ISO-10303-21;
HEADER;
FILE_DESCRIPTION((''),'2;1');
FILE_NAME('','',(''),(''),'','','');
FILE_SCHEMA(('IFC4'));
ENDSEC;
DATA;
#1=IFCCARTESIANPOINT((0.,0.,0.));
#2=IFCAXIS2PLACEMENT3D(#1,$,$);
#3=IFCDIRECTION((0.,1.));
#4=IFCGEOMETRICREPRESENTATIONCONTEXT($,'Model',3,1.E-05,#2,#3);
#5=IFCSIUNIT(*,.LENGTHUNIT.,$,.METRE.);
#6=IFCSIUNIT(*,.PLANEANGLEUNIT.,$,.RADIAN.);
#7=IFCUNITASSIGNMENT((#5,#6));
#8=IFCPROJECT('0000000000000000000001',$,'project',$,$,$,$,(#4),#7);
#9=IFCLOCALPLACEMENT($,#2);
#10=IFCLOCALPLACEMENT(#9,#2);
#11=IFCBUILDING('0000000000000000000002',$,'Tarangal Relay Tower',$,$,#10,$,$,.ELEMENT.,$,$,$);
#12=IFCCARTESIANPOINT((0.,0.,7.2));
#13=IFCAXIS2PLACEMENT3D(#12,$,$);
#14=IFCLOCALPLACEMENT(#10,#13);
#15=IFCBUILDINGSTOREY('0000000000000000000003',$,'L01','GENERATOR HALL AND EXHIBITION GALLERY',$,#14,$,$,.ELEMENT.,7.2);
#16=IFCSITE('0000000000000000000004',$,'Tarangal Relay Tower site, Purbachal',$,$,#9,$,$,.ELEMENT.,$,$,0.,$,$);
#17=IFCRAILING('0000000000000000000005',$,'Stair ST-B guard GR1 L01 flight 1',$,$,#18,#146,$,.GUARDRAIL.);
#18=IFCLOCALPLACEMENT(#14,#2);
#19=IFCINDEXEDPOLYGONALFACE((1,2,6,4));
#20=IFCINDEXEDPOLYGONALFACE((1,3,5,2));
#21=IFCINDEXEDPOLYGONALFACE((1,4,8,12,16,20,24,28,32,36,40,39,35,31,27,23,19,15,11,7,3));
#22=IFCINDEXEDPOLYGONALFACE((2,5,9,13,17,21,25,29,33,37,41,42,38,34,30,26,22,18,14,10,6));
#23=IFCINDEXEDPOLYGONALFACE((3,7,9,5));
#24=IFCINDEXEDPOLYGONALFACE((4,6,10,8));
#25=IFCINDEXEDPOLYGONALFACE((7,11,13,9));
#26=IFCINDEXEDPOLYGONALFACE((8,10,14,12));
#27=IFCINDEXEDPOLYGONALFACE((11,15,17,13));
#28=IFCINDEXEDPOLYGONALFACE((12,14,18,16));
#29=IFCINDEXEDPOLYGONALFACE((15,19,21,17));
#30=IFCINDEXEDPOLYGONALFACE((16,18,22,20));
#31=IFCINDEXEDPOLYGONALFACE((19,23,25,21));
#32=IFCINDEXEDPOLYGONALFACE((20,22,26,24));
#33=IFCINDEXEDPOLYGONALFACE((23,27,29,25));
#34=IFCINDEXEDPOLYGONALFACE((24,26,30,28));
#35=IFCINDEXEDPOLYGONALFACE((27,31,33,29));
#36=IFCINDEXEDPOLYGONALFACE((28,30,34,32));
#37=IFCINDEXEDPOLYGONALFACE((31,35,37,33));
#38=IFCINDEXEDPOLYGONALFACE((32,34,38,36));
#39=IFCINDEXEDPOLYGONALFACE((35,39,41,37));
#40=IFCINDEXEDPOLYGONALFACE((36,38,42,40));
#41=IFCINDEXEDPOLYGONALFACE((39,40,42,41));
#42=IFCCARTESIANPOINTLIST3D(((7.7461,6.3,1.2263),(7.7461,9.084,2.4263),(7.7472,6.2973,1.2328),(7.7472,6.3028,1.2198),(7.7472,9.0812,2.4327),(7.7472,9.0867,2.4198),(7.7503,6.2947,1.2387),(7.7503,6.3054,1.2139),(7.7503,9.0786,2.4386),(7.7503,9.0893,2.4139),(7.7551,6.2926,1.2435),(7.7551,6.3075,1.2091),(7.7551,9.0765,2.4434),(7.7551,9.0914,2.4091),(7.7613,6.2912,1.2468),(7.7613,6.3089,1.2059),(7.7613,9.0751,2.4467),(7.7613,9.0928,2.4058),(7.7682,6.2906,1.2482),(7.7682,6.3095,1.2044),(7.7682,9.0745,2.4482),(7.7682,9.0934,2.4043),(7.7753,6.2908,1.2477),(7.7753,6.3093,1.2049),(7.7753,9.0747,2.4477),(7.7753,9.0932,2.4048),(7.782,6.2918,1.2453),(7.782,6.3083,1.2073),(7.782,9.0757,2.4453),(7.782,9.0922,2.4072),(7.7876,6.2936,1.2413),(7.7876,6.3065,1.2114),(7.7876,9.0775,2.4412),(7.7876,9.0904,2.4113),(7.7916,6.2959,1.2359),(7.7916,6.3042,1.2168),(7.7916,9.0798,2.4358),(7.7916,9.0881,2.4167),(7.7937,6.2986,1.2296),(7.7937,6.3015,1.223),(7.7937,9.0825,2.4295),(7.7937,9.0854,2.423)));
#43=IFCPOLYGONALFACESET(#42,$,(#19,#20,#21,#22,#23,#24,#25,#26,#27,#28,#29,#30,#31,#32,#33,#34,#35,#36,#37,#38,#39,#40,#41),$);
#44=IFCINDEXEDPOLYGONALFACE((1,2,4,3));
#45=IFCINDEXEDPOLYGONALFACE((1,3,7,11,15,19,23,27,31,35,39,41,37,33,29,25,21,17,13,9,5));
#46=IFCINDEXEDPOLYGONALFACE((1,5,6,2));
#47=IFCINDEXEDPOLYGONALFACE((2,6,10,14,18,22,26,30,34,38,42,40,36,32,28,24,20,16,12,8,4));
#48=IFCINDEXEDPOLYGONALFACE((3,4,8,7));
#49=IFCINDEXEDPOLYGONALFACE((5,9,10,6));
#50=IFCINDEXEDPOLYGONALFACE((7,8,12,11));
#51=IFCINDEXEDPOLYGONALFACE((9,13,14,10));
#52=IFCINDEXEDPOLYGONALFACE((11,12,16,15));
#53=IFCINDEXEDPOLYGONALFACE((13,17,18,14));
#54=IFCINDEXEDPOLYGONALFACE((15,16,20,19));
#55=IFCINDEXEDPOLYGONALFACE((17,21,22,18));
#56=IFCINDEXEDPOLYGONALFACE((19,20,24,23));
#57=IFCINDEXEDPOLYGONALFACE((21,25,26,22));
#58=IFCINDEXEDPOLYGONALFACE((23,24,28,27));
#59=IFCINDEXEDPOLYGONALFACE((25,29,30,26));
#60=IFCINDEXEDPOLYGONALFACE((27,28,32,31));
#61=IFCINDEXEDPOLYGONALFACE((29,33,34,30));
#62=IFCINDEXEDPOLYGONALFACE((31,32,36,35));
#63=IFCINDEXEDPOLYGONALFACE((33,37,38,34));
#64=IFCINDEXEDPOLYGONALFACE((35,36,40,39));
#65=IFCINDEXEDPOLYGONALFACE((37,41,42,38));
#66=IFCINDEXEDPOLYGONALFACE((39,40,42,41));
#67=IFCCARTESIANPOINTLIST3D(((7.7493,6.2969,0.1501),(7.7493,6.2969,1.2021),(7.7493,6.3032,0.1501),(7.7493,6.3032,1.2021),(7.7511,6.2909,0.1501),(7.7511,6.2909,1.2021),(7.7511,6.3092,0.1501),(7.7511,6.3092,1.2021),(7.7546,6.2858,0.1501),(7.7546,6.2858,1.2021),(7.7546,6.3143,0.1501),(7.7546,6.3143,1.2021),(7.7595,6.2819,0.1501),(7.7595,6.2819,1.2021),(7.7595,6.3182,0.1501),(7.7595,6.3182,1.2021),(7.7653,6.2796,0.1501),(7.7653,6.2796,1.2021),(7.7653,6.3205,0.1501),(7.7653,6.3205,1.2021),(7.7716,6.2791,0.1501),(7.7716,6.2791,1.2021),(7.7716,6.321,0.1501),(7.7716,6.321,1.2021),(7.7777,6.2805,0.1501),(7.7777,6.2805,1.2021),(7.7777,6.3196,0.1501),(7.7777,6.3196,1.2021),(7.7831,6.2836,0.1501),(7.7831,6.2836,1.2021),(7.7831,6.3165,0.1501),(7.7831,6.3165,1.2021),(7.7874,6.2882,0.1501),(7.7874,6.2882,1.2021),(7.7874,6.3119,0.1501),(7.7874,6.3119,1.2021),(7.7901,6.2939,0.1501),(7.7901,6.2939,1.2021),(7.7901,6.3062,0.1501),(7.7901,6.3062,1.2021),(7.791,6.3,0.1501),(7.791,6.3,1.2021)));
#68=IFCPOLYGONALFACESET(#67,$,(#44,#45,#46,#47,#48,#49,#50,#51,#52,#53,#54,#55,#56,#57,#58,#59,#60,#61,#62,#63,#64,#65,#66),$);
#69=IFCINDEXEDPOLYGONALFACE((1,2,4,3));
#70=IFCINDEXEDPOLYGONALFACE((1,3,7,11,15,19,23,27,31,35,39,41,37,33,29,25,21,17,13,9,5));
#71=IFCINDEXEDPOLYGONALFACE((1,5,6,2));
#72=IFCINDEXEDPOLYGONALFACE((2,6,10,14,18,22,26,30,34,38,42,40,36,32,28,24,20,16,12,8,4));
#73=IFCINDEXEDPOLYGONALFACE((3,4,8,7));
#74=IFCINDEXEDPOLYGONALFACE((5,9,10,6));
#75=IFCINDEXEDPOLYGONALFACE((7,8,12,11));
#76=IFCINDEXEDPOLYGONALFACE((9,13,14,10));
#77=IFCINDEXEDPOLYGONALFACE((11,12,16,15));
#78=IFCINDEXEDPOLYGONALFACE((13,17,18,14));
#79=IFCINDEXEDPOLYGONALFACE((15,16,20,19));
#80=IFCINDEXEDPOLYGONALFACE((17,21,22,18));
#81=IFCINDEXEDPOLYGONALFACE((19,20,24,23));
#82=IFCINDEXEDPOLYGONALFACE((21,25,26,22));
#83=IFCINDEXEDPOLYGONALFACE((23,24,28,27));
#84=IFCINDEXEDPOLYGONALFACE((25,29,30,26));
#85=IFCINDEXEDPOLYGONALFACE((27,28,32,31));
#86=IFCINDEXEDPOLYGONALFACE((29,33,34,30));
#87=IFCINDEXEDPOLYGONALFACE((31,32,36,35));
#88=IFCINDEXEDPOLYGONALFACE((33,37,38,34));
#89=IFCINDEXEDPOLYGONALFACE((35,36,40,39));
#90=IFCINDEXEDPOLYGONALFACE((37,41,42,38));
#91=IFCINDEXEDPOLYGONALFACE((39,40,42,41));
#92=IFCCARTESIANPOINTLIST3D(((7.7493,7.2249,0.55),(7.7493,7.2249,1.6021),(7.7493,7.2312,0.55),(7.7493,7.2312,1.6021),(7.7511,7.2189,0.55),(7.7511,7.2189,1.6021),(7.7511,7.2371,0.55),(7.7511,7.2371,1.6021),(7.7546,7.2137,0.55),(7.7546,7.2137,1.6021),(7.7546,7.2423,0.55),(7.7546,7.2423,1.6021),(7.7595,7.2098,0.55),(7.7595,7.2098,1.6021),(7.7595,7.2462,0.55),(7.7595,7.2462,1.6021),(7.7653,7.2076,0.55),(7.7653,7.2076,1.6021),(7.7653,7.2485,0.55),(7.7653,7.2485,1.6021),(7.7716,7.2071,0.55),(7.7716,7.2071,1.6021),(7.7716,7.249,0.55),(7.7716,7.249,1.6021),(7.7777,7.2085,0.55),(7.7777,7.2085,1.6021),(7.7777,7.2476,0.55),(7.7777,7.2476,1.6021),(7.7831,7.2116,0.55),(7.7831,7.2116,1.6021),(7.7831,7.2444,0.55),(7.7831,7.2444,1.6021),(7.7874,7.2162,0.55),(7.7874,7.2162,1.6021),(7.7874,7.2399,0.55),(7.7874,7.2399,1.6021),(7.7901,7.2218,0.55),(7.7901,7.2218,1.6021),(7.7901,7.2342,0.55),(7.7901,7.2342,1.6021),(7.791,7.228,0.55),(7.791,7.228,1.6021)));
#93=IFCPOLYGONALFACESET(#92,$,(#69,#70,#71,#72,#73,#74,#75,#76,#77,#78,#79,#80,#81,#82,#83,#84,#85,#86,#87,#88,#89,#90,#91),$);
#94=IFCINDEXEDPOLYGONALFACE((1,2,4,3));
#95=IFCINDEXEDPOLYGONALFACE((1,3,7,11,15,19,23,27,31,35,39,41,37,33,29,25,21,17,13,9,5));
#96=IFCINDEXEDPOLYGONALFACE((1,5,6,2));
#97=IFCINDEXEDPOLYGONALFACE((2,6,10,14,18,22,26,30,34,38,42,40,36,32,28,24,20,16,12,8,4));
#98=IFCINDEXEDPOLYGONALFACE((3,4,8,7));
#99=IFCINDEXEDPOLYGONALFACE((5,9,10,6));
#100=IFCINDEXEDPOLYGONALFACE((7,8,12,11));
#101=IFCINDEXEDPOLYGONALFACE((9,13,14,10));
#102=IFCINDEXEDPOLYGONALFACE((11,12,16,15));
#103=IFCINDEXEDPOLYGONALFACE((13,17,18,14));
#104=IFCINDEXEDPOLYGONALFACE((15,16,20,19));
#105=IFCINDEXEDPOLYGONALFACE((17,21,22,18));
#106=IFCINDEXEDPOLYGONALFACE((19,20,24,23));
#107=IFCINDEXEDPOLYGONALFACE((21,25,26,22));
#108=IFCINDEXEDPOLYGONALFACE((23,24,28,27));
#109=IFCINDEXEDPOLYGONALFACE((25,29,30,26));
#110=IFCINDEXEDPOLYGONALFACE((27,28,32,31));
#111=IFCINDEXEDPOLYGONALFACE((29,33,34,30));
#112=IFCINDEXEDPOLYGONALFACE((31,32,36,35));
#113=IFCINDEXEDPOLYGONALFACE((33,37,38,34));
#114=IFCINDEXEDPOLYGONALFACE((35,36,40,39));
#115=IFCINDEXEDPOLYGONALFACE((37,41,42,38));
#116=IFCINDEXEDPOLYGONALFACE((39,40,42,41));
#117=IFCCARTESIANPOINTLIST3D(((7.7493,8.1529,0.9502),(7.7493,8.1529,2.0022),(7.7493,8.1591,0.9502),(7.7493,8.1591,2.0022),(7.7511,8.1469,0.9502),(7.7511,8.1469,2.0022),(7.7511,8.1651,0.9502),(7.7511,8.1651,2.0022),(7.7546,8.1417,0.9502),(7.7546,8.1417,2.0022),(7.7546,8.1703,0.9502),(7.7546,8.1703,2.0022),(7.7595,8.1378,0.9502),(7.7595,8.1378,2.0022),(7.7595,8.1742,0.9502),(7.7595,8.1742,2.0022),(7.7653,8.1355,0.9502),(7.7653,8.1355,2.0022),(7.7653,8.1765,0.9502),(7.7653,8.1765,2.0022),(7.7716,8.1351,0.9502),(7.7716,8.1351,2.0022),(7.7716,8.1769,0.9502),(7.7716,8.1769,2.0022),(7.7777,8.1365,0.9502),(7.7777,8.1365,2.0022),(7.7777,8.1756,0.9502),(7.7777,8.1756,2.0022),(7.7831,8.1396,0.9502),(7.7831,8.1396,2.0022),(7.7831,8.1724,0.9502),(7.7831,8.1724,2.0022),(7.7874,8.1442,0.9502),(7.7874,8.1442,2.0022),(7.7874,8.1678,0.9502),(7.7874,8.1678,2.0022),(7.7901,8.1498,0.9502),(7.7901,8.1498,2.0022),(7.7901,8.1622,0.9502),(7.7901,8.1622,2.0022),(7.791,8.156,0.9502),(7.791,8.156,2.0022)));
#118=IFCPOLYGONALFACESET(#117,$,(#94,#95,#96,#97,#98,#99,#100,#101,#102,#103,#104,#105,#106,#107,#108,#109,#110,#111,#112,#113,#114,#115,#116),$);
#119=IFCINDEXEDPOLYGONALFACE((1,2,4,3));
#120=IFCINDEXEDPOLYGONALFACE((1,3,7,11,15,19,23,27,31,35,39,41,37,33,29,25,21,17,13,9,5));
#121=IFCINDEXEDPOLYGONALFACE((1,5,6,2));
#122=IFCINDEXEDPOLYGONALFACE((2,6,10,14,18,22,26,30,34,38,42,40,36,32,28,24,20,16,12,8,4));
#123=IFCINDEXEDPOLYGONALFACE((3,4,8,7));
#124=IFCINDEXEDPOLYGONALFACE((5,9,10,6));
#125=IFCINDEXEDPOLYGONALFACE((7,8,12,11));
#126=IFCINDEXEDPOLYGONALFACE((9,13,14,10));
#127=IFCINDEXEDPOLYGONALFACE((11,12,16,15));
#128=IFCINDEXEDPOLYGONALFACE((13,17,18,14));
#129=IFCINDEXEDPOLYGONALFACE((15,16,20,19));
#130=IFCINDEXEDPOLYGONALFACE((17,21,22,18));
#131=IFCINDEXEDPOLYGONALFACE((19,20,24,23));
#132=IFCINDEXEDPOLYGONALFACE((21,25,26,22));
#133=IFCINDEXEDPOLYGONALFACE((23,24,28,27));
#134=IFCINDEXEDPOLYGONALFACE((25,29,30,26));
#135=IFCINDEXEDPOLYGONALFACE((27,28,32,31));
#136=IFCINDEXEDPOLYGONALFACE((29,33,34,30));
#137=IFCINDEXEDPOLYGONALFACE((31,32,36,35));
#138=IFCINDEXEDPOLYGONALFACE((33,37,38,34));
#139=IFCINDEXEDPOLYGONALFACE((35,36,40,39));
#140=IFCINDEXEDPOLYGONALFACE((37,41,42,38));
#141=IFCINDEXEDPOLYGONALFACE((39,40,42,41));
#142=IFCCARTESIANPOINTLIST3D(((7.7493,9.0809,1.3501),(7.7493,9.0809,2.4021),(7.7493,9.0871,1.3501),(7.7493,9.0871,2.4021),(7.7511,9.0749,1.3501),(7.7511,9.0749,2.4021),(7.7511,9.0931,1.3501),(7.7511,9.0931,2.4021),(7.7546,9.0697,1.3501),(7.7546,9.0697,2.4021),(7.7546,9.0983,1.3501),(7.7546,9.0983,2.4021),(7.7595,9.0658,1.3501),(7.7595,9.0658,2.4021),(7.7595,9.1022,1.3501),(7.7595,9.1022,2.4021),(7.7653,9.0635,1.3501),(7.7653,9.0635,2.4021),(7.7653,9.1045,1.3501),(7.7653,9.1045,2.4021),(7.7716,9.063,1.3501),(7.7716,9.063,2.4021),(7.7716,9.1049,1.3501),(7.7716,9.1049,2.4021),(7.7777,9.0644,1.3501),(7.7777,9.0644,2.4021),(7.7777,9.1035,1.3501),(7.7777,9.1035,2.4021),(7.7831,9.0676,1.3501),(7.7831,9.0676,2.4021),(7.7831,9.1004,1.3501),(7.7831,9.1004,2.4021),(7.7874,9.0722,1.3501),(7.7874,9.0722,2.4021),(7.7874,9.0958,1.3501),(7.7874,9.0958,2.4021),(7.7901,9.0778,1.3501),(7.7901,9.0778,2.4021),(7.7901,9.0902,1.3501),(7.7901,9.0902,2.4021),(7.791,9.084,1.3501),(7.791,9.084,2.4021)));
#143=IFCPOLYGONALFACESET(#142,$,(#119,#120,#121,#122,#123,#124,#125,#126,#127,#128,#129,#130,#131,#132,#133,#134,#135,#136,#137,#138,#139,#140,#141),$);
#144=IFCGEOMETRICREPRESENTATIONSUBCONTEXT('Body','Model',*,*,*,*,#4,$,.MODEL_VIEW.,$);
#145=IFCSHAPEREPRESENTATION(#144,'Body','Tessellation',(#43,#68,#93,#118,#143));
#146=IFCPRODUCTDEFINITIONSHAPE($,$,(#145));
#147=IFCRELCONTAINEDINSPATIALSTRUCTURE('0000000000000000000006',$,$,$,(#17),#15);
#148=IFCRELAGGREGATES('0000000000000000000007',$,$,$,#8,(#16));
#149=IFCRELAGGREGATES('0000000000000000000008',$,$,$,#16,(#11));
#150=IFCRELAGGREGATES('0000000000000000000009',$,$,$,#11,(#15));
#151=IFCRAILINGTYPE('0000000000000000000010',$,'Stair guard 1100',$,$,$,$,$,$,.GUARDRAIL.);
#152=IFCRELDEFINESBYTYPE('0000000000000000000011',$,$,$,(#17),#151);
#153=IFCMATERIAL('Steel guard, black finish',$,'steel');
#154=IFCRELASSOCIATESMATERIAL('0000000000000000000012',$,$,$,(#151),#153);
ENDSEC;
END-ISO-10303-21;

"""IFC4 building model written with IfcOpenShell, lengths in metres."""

from ifc_helpers import new_model, si_unit, direction, frame, origin, origin_2d, place, context, subcontext, project, spatial, circle, extrude, material, type_object, element, save


model = new_model("IFC4")

# Units and contexts
model_context = context("Model", 3, precision=1e-05, world=origin(), true_north=direction((0.0, 1.0)))
body_context = subcontext(model_context, "Body", "Model", "MODEL_VIEW")
ifc_project = project(units=[si_unit("LENGTHUNIT", "METRE"), si_unit("PLANEANGLEUNIT", "RADIAN")], contexts=[model_context])

# Site, building, storey
site_placement = place(None, origin())
site = spatial("IfcSite", under=ifc_project, at=site_placement, Name="Tarangal Relay Tower site, Purbachal", CompositionType="ELEMENT", RefElevation=0.0)
building_placement = place(site_placement, origin())
building = spatial("IfcBuilding", under=site, at=building_placement, Name="Tarangal Relay Tower", CompositionType="ELEMENT")
storey_placement = place(building_placement, frame((0.0, 0.0, 7.2)))
storey = spatial("IfcBuildingStorey", under=building, at=storey_placement, Name="L01", Description="GENERATOR HALL AND EXHIBITION GALLERY", CompositionType="ELEMENT", Elevation=7.2)

# Railing
ifc_material_1 = material(Name="Steel guard, black finish", Category="steel")
railing_type_1 = type_object("IfcRailingType", Name="Stair guard 1100", PredefinedType="GUARDRAIL", material=ifc_material_1)
railing_1_placement = place(storey_placement, frame((7.77, 6.3, 0.1501)))
element("IfcRailing", 1, at=railing_1_placement, inside=storey, type_object=railing_type_1, Name="Stair ST-B guard GR1 L01 flight 1", PredefinedType="GUARDRAIL", context=body_context, shape_type="SweptSolid", body=[
    extrude(circle(Radius=0.0239, at=origin_2d()), frame((0.0, 0.0, 1.0762), z_axis=(0.0, 0.918327, 0.395823), x_axis=(-1.0, 0.0, 0.0)), (0.0, 0.0, 1.0), 3.0315),
    extrude(circle(Radius=0.021, at=origin_2d()), origin(), (0.0, 0.0, 1.0), 1.052),
    extrude(circle(Radius=0.021, at=origin_2d()), frame((0.0, 0.928, 0.3999)), (0.0, 0.0, 1.0), 1.052),
    extrude(circle(Radius=0.021, at=origin_2d()), frame((0.0, 1.856, 0.8)), (0.0, 0.0, 1.0), 1.052),
    extrude(circle(Radius=0.021, at=origin_2d()), frame((0.0, 2.7839, 1.2)), (0.0, 0.0, 1.0), 1.052),
])

save(model, "model.ifc")
